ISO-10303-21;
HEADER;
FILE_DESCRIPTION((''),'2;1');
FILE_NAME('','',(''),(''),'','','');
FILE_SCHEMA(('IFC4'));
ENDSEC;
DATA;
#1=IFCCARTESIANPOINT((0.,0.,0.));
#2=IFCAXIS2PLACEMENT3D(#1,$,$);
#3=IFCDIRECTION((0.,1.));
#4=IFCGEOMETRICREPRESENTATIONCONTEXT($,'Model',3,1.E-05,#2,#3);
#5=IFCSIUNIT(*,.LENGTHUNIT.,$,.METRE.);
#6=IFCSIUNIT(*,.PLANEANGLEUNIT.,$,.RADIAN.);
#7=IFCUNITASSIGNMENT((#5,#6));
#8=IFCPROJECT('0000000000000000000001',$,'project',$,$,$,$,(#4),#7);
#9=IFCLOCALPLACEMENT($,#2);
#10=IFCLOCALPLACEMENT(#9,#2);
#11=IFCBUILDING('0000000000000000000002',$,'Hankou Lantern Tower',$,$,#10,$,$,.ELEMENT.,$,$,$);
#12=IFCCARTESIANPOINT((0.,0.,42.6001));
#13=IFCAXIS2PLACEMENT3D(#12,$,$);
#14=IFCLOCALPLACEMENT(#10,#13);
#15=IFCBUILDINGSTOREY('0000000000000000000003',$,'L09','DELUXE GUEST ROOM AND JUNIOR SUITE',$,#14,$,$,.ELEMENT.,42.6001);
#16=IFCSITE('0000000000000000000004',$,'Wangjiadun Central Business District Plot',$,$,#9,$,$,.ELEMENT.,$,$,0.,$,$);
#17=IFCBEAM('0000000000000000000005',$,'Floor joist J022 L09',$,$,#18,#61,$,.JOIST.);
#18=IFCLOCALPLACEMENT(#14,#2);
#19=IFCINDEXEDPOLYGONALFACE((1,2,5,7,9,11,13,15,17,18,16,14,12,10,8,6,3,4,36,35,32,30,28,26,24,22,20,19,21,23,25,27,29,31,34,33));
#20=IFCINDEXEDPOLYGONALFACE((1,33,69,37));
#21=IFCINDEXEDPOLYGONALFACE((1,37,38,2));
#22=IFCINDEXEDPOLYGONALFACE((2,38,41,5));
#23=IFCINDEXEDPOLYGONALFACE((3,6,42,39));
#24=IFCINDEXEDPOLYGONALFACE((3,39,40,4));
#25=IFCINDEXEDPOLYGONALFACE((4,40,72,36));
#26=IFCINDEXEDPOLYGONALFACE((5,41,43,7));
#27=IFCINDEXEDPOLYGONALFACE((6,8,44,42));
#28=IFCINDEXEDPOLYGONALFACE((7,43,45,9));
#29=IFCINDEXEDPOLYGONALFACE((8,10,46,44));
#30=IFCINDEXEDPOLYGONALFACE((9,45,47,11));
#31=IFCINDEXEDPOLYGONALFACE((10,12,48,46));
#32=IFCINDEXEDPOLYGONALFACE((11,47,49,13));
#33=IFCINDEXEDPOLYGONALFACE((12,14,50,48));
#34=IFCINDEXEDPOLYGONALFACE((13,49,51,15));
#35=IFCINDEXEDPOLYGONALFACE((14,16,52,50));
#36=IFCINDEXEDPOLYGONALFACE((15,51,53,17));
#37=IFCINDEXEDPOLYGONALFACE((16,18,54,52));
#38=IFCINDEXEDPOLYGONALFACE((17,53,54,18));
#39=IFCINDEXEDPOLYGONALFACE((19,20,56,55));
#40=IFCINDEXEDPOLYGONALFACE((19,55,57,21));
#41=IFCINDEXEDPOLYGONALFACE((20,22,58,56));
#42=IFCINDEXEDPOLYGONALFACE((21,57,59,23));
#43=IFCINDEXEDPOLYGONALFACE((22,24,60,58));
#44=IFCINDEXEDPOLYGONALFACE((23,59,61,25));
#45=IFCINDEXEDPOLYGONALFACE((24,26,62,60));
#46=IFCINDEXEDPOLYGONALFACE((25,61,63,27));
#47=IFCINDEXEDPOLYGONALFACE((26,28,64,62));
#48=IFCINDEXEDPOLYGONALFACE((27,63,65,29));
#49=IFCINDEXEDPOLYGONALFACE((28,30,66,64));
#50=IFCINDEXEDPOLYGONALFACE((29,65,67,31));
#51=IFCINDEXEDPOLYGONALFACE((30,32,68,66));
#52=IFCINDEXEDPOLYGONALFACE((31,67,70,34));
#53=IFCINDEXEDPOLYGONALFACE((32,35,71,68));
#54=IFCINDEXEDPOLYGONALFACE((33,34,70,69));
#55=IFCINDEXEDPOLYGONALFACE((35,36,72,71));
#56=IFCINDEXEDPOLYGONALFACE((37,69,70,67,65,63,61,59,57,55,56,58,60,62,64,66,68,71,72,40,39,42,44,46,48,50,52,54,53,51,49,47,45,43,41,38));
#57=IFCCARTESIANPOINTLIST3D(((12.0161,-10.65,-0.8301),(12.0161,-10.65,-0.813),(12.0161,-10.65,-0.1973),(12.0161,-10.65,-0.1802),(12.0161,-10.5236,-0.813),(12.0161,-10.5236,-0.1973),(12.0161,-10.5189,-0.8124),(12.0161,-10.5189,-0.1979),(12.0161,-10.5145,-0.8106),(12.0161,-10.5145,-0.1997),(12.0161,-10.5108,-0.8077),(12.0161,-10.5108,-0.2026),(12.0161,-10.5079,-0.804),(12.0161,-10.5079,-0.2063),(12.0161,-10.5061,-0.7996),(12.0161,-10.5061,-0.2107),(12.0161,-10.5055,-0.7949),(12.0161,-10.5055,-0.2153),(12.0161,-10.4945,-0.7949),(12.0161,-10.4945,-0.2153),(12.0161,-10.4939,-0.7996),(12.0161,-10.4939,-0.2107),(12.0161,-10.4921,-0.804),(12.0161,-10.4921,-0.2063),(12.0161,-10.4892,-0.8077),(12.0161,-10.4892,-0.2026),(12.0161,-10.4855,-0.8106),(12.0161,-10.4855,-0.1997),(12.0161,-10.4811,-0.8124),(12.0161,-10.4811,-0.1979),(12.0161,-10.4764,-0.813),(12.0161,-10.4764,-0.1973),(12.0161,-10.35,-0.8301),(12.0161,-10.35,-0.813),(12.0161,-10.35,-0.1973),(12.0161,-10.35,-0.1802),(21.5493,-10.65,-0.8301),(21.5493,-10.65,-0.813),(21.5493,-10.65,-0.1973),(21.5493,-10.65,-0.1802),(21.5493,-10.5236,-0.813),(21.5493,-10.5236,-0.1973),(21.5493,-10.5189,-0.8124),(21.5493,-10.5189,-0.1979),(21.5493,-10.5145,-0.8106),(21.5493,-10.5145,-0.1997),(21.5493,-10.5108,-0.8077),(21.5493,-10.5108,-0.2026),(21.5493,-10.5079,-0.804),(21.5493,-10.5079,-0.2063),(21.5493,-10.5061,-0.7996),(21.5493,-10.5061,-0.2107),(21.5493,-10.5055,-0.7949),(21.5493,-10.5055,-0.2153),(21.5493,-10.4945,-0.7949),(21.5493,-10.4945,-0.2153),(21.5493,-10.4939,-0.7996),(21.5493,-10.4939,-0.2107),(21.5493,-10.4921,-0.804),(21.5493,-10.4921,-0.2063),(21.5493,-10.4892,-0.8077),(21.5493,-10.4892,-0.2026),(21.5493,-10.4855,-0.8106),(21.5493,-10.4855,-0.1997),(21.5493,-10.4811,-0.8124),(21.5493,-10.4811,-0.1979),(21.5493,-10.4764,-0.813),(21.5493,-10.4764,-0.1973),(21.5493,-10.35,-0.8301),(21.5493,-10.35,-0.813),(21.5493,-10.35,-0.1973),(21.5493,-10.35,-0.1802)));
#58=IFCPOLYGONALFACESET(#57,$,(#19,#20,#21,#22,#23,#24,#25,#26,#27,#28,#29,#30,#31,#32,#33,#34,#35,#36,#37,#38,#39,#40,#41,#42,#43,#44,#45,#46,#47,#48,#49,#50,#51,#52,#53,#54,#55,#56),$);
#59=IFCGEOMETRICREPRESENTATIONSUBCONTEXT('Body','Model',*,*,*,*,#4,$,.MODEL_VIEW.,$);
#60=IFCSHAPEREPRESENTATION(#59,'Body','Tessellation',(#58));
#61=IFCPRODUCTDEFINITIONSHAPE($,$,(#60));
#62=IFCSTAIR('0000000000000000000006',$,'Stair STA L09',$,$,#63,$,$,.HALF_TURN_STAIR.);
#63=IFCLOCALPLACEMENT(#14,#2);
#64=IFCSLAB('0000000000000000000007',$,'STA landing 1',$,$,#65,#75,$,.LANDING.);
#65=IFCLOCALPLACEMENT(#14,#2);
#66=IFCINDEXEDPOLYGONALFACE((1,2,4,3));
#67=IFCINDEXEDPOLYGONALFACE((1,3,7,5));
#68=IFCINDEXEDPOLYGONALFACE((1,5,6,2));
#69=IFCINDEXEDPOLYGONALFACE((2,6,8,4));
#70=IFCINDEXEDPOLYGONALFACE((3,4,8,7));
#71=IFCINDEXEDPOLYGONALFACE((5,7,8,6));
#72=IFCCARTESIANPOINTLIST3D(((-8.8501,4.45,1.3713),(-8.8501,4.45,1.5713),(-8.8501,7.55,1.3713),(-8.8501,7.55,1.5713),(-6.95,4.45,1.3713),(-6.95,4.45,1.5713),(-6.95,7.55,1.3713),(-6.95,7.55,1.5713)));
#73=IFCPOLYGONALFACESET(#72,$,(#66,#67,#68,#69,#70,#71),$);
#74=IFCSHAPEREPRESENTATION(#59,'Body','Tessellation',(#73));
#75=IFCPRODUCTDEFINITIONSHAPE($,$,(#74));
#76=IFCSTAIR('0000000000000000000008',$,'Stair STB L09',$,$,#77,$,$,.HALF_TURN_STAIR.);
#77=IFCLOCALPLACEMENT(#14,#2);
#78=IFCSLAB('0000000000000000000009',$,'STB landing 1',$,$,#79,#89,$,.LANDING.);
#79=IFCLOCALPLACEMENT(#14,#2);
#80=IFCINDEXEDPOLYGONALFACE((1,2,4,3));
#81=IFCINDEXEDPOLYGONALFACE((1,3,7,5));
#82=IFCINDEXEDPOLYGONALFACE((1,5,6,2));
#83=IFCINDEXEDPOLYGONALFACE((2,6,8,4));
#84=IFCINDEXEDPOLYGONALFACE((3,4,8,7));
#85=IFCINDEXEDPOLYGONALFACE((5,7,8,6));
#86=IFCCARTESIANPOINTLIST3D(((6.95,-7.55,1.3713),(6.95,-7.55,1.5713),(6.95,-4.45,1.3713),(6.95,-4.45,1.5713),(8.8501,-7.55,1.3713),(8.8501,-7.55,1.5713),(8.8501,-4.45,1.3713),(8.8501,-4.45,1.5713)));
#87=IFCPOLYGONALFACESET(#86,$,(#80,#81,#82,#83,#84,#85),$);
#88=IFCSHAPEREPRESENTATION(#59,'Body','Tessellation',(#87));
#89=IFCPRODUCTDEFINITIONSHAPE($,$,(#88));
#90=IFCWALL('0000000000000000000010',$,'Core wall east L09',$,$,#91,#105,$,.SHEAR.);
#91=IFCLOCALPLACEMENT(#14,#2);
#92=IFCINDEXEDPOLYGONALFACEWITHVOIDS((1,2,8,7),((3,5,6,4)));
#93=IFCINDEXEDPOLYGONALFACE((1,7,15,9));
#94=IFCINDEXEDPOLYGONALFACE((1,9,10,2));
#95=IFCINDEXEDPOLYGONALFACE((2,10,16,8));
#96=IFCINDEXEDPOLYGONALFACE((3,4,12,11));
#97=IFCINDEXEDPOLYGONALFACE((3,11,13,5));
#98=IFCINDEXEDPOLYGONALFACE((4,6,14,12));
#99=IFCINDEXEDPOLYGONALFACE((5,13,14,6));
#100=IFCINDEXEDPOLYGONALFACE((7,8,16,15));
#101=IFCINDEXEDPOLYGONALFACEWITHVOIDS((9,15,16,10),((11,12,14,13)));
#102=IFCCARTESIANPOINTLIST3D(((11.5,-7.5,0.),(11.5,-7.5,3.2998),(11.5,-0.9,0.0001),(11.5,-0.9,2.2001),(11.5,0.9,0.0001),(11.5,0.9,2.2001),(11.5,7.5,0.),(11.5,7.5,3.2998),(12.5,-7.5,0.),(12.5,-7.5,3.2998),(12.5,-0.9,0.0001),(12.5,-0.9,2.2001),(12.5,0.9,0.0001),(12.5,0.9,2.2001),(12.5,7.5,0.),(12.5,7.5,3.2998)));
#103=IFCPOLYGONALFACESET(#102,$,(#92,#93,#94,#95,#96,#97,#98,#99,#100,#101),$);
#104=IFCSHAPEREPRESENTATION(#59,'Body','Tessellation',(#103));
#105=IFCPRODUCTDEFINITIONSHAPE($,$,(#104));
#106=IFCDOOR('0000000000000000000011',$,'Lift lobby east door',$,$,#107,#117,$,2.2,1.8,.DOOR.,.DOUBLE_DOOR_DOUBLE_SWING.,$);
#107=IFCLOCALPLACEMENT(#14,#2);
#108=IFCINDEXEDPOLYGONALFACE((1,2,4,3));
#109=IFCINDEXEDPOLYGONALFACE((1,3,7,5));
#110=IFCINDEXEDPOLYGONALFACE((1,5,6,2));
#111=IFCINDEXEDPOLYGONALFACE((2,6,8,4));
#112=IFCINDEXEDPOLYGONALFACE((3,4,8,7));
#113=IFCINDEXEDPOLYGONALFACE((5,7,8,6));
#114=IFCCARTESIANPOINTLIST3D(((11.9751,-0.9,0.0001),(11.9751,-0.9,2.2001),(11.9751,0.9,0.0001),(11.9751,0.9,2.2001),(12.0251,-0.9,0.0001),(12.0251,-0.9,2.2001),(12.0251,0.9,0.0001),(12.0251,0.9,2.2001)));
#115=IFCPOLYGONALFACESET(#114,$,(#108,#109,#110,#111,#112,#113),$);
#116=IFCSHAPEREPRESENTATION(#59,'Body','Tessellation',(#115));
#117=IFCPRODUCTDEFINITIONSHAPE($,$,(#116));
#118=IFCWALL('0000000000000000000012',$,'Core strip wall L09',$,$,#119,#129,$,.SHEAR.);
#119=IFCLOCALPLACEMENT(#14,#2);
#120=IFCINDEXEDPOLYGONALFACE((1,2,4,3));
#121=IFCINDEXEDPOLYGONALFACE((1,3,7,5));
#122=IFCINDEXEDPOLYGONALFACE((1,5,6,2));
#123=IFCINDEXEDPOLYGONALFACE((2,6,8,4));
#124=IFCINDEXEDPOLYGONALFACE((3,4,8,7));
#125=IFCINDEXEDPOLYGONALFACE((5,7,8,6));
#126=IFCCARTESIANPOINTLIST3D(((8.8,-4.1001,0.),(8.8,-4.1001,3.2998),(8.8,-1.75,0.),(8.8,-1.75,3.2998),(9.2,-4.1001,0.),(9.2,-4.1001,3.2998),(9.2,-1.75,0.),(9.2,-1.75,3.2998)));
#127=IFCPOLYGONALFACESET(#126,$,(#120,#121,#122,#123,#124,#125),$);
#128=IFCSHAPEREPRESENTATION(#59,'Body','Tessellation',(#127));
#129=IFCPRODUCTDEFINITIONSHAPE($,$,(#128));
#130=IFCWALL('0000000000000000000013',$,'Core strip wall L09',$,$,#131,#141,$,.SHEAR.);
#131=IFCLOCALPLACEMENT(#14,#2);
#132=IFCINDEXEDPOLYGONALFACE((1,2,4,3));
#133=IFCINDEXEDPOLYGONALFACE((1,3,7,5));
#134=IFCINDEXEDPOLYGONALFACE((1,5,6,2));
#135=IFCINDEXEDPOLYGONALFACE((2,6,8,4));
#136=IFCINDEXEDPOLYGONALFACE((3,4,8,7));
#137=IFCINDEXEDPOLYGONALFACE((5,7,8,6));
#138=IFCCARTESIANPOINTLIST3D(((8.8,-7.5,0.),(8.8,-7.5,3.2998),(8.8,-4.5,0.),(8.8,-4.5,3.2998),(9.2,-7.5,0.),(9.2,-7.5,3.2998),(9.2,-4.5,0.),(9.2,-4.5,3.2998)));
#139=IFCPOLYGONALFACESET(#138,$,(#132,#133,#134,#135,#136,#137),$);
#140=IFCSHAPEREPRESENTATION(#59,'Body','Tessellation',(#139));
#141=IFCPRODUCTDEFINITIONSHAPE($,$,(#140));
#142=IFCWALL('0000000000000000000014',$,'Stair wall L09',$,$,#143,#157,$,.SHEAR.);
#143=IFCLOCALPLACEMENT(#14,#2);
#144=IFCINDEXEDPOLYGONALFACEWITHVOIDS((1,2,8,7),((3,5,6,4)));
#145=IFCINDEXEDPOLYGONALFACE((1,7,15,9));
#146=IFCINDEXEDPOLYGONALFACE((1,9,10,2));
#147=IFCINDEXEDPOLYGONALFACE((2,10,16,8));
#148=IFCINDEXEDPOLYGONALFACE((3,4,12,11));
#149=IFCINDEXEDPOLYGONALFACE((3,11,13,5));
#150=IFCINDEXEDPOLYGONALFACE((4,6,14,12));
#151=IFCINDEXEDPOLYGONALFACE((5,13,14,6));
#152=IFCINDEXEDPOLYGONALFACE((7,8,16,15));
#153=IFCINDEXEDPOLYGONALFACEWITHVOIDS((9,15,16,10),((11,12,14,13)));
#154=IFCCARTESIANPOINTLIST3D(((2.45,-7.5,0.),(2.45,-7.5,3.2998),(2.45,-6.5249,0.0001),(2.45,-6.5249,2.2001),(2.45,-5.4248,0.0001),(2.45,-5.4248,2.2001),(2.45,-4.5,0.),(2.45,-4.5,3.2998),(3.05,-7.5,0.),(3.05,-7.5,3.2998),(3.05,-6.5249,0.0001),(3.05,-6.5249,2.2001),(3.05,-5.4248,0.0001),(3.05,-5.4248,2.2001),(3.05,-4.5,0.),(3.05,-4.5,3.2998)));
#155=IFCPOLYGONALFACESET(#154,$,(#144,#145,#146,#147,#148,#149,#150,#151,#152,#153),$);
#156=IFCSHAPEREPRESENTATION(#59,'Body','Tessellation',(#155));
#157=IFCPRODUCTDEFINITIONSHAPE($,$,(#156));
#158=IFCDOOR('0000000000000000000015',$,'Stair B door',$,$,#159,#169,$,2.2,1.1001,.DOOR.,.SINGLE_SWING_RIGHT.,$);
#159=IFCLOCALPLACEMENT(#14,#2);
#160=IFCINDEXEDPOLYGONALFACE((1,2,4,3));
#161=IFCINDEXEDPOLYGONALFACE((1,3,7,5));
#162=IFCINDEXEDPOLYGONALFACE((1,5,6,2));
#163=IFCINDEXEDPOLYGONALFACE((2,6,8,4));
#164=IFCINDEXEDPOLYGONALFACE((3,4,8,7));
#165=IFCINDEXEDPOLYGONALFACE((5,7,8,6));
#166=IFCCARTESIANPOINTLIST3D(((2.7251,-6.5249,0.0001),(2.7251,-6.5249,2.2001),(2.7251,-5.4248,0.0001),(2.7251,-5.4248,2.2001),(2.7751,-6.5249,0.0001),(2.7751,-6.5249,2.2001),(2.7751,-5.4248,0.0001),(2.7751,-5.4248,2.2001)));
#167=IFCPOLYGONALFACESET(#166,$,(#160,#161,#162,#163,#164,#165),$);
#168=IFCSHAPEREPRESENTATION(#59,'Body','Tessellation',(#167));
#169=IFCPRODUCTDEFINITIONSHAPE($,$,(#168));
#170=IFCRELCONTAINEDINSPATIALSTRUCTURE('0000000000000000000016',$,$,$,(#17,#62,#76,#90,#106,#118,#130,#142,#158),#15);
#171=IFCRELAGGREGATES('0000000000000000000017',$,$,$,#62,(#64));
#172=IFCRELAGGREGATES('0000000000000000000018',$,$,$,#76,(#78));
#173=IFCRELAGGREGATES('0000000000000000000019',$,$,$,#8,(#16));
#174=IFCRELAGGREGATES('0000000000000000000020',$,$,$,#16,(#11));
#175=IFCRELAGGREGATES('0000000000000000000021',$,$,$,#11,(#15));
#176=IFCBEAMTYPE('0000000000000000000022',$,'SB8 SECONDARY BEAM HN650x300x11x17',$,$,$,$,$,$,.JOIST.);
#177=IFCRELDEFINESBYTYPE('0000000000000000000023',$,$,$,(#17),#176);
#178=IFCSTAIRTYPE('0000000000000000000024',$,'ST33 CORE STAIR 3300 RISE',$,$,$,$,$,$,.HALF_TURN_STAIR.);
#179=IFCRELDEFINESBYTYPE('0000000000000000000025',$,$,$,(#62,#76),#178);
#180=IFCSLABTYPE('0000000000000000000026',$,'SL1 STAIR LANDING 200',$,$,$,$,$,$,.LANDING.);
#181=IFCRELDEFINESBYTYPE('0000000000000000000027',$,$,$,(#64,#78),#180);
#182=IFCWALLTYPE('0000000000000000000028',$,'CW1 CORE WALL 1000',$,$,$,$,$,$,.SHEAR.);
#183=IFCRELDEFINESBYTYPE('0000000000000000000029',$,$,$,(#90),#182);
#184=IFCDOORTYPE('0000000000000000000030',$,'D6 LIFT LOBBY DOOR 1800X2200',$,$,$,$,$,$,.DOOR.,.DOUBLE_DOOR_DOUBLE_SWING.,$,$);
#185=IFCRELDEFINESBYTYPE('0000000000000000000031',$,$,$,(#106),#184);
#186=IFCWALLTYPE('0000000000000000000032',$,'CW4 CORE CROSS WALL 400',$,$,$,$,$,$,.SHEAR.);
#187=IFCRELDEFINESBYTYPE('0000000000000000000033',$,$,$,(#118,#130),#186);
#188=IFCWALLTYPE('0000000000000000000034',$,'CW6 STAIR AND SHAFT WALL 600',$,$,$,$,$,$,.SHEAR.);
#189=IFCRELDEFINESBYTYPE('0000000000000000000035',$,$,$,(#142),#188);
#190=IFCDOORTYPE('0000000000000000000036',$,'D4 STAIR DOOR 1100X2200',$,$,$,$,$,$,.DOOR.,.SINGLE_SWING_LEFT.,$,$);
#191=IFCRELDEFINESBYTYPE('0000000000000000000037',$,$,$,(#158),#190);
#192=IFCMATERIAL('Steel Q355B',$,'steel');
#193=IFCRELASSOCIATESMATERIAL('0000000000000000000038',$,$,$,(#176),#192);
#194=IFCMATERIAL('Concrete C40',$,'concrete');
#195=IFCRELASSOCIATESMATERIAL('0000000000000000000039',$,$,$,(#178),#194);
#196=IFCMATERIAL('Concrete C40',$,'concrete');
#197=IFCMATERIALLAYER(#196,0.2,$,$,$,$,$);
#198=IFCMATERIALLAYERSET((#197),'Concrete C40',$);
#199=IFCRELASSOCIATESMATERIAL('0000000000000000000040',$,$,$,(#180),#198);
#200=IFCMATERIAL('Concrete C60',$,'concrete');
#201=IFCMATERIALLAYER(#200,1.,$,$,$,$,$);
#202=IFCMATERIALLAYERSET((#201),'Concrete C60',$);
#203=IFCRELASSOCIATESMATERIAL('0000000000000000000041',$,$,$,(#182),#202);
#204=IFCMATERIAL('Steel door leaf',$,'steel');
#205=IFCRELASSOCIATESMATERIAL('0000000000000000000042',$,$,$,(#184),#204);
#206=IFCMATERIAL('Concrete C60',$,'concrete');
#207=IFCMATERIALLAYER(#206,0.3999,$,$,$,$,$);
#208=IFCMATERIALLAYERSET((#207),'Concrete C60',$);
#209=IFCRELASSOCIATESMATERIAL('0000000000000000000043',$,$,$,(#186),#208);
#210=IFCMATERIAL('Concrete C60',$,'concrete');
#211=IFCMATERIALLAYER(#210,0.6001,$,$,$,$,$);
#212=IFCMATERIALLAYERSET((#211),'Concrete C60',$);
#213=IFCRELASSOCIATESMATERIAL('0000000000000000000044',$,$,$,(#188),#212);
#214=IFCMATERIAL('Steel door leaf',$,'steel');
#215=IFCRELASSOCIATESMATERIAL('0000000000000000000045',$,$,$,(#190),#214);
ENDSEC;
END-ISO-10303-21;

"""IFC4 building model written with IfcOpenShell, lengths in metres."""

from ifc_helpers import new_model, si_unit, direction, frame, frame_2d, origin, origin_2d, place, context, subcontext, project, spatial, polyline, rectangle, i_section, outline, extrude, material, layer, layer_set, material_profile, profile_set, type_object, element, fill, aggregate, save


model = new_model("IFC4")

# Units and contexts
model_context = context("Model", 3, precision=1e-05, world=origin(), true_north=direction((0.0, 1.0)))
body_context = subcontext(model_context, "Body", "Model", "MODEL_VIEW")
ifc_project = project(units=[si_unit("LENGTHUNIT", "METRE"), si_unit("PLANEANGLEUNIT", "RADIAN")], contexts=[model_context])

# Site, building, storey
site_placement = place(None, origin())
site = spatial("IfcSite", under=ifc_project, at=site_placement, Name="Wangjiadun Central Business District Plot", CompositionType="ELEMENT", RefElevation=0.0)
building_placement = place(site_placement, origin())
building = spatial("IfcBuilding", under=site, at=building_placement, Name="Hankou Lantern Tower", CompositionType="ELEMENT")
storey_placement = place(building_placement, frame((0.0, 0.0, 42.6001)))
storey = spatial("IfcBuildingStorey", under=building, at=storey_placement, Name="L09", Description="DELUXE GUEST ROOM AND JUNIOR SUITE", CompositionType="ELEMENT", Elevation=42.6001)

# Beam
ifc_material_1 = material(Name="Steel Q355B", Category="steel")
ifc_material_profile_1 = material_profile(ifc_material_1, i_section(OverallWidth=0.3, OverallDepth=0.6499, WebThickness=0.011, FlangeThickness=0.0171, FilletRadius=0.0181, at=origin_2d()), Name="HN650x300x11x17")
ifc_profile_set_1 = profile_set([ifc_material_profile_1], Name="Steel Q355B")
beam_type_1 = type_object("IfcBeamType", Name="SB8 SECONDARY BEAM HN650x300x11x17", PredefinedType="JOIST", material=ifc_profile_set_1)
beam_1_placement = place(storey_placement, frame((12.0161, -10.5, -0.5051), z_axis=(1.0, 0.0, 0.0), x_axis=(0.0, 1.0, 0.0)))
element("IfcBeam", 1, at=beam_1_placement, inside=storey, type_object=beam_type_1, Name="Floor joist J022 L09", PredefinedType="JOIST", context=body_context, shape_type="SweptSolid", body=[
    extrude(i_section(OverallWidth=0.3, OverallDepth=0.6499, WebThickness=0.011, FlangeThickness=0.0171, FilletRadius=0.0181, at=origin_2d()), origin(), (0.0, 0.0, 1.0), 9.5332),
])

# Stairs, slabs
ifc_material_2 = material(Name="Concrete C40", Category="concrete")
stair_type = type_object("IfcStairType", Name="ST33 CORE STAIR 3300 RISE", PredefinedType="HALF_TURN_STAIR", material=ifc_material_2)
stair_1_placement = place(storey_placement, origin())
stair_1 = element("IfcStair", 2, at=stair_1_placement, inside=storey, type_object=stair_type, Name="Stair STA L09", PredefinedType="HALF_TURN_STAIR")
ifc_material_3 = material(Name="Concrete C40", Category="concrete")
ifc_layer_1 = layer(ifc_material_3, 0.2)
ifc_layer_set_1 = layer_set([ifc_layer_1], Name="Concrete C40")
slab_type_1 = type_object("IfcSlabType", Name="SL1 STAIR LANDING 200", PredefinedType="LANDING", material=ifc_layer_set_1)
slab_1_placement = place(storey_placement, frame((0.0, 0.0, 1.3713)))
slab_1 = element("IfcSlab", 3, at=slab_1_placement, type_object=slab_type_1, Name="STA landing 1", PredefinedType="LANDING", context=body_context, shape_type="SweptSolid", body=[
    extrude(outline(polyline([(-8.8501, 4.45), (-6.95, 4.45), (-6.95, 7.55), (-8.8501, 7.55), (-8.8501, 4.45)])), origin(), (0.0, 0.0, 1.0), 0.2),
])
aggregate(stair_1, [slab_1])
stair_2_placement = place(storey_placement, origin())
stair_2 = element("IfcStair", 4, at=stair_2_placement, inside=storey, type_object=stair_type, Name="Stair STB L09", PredefinedType="HALF_TURN_STAIR")
slab_2_placement = place(storey_placement, frame((0.0, 0.0, 1.3713)))
slab_2 = element("IfcSlab", 5, at=slab_2_placement, type_object=slab_type_1, Name="STB landing 1", PredefinedType="LANDING", context=body_context, shape_type="SweptSolid", body=[
    extrude(outline(polyline([(8.8501, -4.45), (6.95, -4.45), (6.95, -7.55), (8.8501, -7.55), (8.8501, -4.45)])), origin(), (0.0, 0.0, 1.0), 0.2),
])

# Wall, opening, door
ifc_material_4 = material(Name="Concrete C60", Category="concrete")
ifc_layer_2 = layer(ifc_material_4, 1.0)
ifc_layer_set_2 = layer_set([ifc_layer_2], Name="Concrete C60")
wall_type_1 = type_object("IfcWallType", Name="CW1 CORE WALL 1000", PredefinedType="SHEAR", material=ifc_layer_set_2)
wall_1_placement = place(storey_placement, frame((12.0, -7.5, 0.0), z_axis=(0.0, 0.0, 1.0), x_axis=(0.0, 1.0, 0.0)))
wall_1 = element("IfcWall", 6, at=wall_1_placement, inside=storey, type_object=wall_type_1, Name="Core wall east L09", PredefinedType="SHEAR", context=body_context, shape_type="SweptSolid", body=[
    extrude(rectangle(XDim=15.0, YDim=1.0, at=frame_2d((7.5, 0.0))), origin(), (0.0, 0.0, 1.0), 3.2998),
])
opening_1_placement = place(wall_1_placement, frame((6.6001, 0.0, 0.0)))
opening_1 = element("IfcOpeningElement", 7, at=opening_1_placement, cuts=wall_1, PredefinedType="OPENING", context=body_context, shape_type="SweptSolid", body=[
    extrude(rectangle(XDim=1.8, YDim=2.2, at=frame_2d((0.8999, 1.1001))), frame((0.0, 0.51, 0.0), z_axis=(0.0, -1.0, 0.0), x_axis=(1.0, 0.0, 0.0)), (0.0, 0.0, 1.0), 1.02),
])
ifc_material_5 = material(Name="Steel door leaf", Category="steel")
door_type_1 = type_object("IfcDoorType", Name="D6 LIFT LOBBY DOOR 1800X2200", OperationType="DOUBLE_DOOR_DOUBLE_SWING", PredefinedType="DOOR", material=ifc_material_5)
door_1_placement = place(opening_1_placement, origin())
door_1 = element("IfcDoor", 8, at=door_1_placement, inside=storey, type_object=door_type_1, Name="Lift lobby east door", OperationType="DOUBLE_DOOR_DOUBLE_SWING", OverallHeight=2.2, OverallWidth=1.8, PredefinedType="DOOR", context=body_context, shape_type="SweptSolid", body=[
    extrude(rectangle(XDim=1.8, YDim=2.2, at=frame_2d((0.8999, 1.1001))), frame((0.0, 0.0249, 0.0), z_axis=(0.0, -1.0, 0.0), x_axis=(1.0, 0.0, 0.0)), (0.0, 0.0, 1.0), 0.05),
])
fill(opening_1, door_1)

# Walls
ifc_material_6 = material(Name="Concrete C60", Category="concrete")
ifc_layer_3 = layer(ifc_material_6, 0.3999)
ifc_layer_set_3 = layer_set([ifc_layer_3], Name="Concrete C60")
wall_type_2 = type_object("IfcWallType", Name="CW4 CORE CROSS WALL 400", PredefinedType="SHEAR", material=ifc_layer_set_3)
wall_2_placement = place(storey_placement, frame((9.0, -4.1001, 0.0), z_axis=(0.0, 0.0, 1.0), x_axis=(0.0, 1.0, 0.0)))
element("IfcWall", 9, at=wall_2_placement, inside=storey, type_object=wall_type_2, Name="Core strip wall L09", PredefinedType="SHEAR", context=body_context, shape_type="SweptSolid", body=[
    extrude(rectangle(XDim=2.3501, YDim=0.3999, at=frame_2d((1.175, 0.0))), origin(), (0.0, 0.0, 1.0), 3.2998),
])
wall_3_placement = place(storey_placement, frame((9.0, -7.5, 0.0), z_axis=(0.0, 0.0, 1.0), x_axis=(0.0, 1.0, 0.0)))
element("IfcWall", 10, at=wall_3_placement, inside=storey, type_object=wall_type_2, Name="Core strip wall L09", PredefinedType="SHEAR", context=body_context, shape_type="SweptSolid", body=[
    extrude(rectangle(XDim=3.0, YDim=0.3999, at=frame_2d((1.5, 0.0))), origin(), (0.0, 0.0, 1.0), 3.2998),
])

# Wall, opening, door
ifc_material_7 = material(Name="Concrete C60", Category="concrete")
ifc_layer_4 = layer(ifc_material_7, 0.6001)
ifc_layer_set_4 = layer_set([ifc_layer_4], Name="Concrete C60")
wall_type_3 = type_object("IfcWallType", Name="CW6 STAIR AND SHAFT WALL 600", PredefinedType="SHEAR", material=ifc_layer_set_4)
wall_4_placement = place(storey_placement, frame((2.75, -7.5, 0.0), z_axis=(0.0, 0.0, 1.0), x_axis=(0.0, 1.0, 0.0)))
wall_4 = element("IfcWall", 11, at=wall_4_placement, inside=storey, type_object=wall_type_3, Name="Stair wall L09", PredefinedType="SHEAR", context=body_context, shape_type="SweptSolid", body=[
    extrude(rectangle(XDim=3.0, YDim=0.6001, at=frame_2d((1.5, 0.0))), origin(), (0.0, 0.0, 1.0), 3.2998),
])
opening_2_placement = place(wall_4_placement, frame((0.9751, 0.0, 0.0)))
opening_2 = element("IfcOpeningElement", 12, at=opening_2_placement, cuts=wall_4, PredefinedType="OPENING", context=body_context, shape_type="SweptSolid", body=[
    extrude(rectangle(XDim=1.1001, YDim=2.2, at=frame_2d((0.55, 1.1001))), frame((0.0, 0.3101, 0.0), z_axis=(0.0, -1.0, 0.0), x_axis=(1.0, 0.0, 0.0)), (0.0, 0.0, 1.0), 0.6201),
])
ifc_material_8 = material(Name="Steel door leaf", Category="steel")
door_type_2 = type_object("IfcDoorType", Name="D4 STAIR DOOR 1100X2200", OperationType="SINGLE_SWING_LEFT", PredefinedType="DOOR", material=ifc_material_8)
door_2_placement = place(opening_2_placement, origin())
door_2 = element("IfcDoor", 13, at=door_2_placement, inside=storey, type_object=door_type_2, Name="Stair B door", OperationType="SINGLE_SWING_RIGHT", OverallHeight=2.2, OverallWidth=1.1001, PredefinedType="DOOR", context=body_context, shape_type="SweptSolid", body=[
    extrude(rectangle(XDim=1.1001, YDim=2.2, at=frame_2d((0.55, 1.1001))), frame((0.0, 0.0249, 0.0), z_axis=(0.0, -1.0, 0.0), x_axis=(1.0, 0.0, 0.0)), (0.0, 0.0, 1.0), 0.05),
])
fill(opening_2, door_2)

aggregate(stair_2, [slab_2])

save(model, "model.ifc")
